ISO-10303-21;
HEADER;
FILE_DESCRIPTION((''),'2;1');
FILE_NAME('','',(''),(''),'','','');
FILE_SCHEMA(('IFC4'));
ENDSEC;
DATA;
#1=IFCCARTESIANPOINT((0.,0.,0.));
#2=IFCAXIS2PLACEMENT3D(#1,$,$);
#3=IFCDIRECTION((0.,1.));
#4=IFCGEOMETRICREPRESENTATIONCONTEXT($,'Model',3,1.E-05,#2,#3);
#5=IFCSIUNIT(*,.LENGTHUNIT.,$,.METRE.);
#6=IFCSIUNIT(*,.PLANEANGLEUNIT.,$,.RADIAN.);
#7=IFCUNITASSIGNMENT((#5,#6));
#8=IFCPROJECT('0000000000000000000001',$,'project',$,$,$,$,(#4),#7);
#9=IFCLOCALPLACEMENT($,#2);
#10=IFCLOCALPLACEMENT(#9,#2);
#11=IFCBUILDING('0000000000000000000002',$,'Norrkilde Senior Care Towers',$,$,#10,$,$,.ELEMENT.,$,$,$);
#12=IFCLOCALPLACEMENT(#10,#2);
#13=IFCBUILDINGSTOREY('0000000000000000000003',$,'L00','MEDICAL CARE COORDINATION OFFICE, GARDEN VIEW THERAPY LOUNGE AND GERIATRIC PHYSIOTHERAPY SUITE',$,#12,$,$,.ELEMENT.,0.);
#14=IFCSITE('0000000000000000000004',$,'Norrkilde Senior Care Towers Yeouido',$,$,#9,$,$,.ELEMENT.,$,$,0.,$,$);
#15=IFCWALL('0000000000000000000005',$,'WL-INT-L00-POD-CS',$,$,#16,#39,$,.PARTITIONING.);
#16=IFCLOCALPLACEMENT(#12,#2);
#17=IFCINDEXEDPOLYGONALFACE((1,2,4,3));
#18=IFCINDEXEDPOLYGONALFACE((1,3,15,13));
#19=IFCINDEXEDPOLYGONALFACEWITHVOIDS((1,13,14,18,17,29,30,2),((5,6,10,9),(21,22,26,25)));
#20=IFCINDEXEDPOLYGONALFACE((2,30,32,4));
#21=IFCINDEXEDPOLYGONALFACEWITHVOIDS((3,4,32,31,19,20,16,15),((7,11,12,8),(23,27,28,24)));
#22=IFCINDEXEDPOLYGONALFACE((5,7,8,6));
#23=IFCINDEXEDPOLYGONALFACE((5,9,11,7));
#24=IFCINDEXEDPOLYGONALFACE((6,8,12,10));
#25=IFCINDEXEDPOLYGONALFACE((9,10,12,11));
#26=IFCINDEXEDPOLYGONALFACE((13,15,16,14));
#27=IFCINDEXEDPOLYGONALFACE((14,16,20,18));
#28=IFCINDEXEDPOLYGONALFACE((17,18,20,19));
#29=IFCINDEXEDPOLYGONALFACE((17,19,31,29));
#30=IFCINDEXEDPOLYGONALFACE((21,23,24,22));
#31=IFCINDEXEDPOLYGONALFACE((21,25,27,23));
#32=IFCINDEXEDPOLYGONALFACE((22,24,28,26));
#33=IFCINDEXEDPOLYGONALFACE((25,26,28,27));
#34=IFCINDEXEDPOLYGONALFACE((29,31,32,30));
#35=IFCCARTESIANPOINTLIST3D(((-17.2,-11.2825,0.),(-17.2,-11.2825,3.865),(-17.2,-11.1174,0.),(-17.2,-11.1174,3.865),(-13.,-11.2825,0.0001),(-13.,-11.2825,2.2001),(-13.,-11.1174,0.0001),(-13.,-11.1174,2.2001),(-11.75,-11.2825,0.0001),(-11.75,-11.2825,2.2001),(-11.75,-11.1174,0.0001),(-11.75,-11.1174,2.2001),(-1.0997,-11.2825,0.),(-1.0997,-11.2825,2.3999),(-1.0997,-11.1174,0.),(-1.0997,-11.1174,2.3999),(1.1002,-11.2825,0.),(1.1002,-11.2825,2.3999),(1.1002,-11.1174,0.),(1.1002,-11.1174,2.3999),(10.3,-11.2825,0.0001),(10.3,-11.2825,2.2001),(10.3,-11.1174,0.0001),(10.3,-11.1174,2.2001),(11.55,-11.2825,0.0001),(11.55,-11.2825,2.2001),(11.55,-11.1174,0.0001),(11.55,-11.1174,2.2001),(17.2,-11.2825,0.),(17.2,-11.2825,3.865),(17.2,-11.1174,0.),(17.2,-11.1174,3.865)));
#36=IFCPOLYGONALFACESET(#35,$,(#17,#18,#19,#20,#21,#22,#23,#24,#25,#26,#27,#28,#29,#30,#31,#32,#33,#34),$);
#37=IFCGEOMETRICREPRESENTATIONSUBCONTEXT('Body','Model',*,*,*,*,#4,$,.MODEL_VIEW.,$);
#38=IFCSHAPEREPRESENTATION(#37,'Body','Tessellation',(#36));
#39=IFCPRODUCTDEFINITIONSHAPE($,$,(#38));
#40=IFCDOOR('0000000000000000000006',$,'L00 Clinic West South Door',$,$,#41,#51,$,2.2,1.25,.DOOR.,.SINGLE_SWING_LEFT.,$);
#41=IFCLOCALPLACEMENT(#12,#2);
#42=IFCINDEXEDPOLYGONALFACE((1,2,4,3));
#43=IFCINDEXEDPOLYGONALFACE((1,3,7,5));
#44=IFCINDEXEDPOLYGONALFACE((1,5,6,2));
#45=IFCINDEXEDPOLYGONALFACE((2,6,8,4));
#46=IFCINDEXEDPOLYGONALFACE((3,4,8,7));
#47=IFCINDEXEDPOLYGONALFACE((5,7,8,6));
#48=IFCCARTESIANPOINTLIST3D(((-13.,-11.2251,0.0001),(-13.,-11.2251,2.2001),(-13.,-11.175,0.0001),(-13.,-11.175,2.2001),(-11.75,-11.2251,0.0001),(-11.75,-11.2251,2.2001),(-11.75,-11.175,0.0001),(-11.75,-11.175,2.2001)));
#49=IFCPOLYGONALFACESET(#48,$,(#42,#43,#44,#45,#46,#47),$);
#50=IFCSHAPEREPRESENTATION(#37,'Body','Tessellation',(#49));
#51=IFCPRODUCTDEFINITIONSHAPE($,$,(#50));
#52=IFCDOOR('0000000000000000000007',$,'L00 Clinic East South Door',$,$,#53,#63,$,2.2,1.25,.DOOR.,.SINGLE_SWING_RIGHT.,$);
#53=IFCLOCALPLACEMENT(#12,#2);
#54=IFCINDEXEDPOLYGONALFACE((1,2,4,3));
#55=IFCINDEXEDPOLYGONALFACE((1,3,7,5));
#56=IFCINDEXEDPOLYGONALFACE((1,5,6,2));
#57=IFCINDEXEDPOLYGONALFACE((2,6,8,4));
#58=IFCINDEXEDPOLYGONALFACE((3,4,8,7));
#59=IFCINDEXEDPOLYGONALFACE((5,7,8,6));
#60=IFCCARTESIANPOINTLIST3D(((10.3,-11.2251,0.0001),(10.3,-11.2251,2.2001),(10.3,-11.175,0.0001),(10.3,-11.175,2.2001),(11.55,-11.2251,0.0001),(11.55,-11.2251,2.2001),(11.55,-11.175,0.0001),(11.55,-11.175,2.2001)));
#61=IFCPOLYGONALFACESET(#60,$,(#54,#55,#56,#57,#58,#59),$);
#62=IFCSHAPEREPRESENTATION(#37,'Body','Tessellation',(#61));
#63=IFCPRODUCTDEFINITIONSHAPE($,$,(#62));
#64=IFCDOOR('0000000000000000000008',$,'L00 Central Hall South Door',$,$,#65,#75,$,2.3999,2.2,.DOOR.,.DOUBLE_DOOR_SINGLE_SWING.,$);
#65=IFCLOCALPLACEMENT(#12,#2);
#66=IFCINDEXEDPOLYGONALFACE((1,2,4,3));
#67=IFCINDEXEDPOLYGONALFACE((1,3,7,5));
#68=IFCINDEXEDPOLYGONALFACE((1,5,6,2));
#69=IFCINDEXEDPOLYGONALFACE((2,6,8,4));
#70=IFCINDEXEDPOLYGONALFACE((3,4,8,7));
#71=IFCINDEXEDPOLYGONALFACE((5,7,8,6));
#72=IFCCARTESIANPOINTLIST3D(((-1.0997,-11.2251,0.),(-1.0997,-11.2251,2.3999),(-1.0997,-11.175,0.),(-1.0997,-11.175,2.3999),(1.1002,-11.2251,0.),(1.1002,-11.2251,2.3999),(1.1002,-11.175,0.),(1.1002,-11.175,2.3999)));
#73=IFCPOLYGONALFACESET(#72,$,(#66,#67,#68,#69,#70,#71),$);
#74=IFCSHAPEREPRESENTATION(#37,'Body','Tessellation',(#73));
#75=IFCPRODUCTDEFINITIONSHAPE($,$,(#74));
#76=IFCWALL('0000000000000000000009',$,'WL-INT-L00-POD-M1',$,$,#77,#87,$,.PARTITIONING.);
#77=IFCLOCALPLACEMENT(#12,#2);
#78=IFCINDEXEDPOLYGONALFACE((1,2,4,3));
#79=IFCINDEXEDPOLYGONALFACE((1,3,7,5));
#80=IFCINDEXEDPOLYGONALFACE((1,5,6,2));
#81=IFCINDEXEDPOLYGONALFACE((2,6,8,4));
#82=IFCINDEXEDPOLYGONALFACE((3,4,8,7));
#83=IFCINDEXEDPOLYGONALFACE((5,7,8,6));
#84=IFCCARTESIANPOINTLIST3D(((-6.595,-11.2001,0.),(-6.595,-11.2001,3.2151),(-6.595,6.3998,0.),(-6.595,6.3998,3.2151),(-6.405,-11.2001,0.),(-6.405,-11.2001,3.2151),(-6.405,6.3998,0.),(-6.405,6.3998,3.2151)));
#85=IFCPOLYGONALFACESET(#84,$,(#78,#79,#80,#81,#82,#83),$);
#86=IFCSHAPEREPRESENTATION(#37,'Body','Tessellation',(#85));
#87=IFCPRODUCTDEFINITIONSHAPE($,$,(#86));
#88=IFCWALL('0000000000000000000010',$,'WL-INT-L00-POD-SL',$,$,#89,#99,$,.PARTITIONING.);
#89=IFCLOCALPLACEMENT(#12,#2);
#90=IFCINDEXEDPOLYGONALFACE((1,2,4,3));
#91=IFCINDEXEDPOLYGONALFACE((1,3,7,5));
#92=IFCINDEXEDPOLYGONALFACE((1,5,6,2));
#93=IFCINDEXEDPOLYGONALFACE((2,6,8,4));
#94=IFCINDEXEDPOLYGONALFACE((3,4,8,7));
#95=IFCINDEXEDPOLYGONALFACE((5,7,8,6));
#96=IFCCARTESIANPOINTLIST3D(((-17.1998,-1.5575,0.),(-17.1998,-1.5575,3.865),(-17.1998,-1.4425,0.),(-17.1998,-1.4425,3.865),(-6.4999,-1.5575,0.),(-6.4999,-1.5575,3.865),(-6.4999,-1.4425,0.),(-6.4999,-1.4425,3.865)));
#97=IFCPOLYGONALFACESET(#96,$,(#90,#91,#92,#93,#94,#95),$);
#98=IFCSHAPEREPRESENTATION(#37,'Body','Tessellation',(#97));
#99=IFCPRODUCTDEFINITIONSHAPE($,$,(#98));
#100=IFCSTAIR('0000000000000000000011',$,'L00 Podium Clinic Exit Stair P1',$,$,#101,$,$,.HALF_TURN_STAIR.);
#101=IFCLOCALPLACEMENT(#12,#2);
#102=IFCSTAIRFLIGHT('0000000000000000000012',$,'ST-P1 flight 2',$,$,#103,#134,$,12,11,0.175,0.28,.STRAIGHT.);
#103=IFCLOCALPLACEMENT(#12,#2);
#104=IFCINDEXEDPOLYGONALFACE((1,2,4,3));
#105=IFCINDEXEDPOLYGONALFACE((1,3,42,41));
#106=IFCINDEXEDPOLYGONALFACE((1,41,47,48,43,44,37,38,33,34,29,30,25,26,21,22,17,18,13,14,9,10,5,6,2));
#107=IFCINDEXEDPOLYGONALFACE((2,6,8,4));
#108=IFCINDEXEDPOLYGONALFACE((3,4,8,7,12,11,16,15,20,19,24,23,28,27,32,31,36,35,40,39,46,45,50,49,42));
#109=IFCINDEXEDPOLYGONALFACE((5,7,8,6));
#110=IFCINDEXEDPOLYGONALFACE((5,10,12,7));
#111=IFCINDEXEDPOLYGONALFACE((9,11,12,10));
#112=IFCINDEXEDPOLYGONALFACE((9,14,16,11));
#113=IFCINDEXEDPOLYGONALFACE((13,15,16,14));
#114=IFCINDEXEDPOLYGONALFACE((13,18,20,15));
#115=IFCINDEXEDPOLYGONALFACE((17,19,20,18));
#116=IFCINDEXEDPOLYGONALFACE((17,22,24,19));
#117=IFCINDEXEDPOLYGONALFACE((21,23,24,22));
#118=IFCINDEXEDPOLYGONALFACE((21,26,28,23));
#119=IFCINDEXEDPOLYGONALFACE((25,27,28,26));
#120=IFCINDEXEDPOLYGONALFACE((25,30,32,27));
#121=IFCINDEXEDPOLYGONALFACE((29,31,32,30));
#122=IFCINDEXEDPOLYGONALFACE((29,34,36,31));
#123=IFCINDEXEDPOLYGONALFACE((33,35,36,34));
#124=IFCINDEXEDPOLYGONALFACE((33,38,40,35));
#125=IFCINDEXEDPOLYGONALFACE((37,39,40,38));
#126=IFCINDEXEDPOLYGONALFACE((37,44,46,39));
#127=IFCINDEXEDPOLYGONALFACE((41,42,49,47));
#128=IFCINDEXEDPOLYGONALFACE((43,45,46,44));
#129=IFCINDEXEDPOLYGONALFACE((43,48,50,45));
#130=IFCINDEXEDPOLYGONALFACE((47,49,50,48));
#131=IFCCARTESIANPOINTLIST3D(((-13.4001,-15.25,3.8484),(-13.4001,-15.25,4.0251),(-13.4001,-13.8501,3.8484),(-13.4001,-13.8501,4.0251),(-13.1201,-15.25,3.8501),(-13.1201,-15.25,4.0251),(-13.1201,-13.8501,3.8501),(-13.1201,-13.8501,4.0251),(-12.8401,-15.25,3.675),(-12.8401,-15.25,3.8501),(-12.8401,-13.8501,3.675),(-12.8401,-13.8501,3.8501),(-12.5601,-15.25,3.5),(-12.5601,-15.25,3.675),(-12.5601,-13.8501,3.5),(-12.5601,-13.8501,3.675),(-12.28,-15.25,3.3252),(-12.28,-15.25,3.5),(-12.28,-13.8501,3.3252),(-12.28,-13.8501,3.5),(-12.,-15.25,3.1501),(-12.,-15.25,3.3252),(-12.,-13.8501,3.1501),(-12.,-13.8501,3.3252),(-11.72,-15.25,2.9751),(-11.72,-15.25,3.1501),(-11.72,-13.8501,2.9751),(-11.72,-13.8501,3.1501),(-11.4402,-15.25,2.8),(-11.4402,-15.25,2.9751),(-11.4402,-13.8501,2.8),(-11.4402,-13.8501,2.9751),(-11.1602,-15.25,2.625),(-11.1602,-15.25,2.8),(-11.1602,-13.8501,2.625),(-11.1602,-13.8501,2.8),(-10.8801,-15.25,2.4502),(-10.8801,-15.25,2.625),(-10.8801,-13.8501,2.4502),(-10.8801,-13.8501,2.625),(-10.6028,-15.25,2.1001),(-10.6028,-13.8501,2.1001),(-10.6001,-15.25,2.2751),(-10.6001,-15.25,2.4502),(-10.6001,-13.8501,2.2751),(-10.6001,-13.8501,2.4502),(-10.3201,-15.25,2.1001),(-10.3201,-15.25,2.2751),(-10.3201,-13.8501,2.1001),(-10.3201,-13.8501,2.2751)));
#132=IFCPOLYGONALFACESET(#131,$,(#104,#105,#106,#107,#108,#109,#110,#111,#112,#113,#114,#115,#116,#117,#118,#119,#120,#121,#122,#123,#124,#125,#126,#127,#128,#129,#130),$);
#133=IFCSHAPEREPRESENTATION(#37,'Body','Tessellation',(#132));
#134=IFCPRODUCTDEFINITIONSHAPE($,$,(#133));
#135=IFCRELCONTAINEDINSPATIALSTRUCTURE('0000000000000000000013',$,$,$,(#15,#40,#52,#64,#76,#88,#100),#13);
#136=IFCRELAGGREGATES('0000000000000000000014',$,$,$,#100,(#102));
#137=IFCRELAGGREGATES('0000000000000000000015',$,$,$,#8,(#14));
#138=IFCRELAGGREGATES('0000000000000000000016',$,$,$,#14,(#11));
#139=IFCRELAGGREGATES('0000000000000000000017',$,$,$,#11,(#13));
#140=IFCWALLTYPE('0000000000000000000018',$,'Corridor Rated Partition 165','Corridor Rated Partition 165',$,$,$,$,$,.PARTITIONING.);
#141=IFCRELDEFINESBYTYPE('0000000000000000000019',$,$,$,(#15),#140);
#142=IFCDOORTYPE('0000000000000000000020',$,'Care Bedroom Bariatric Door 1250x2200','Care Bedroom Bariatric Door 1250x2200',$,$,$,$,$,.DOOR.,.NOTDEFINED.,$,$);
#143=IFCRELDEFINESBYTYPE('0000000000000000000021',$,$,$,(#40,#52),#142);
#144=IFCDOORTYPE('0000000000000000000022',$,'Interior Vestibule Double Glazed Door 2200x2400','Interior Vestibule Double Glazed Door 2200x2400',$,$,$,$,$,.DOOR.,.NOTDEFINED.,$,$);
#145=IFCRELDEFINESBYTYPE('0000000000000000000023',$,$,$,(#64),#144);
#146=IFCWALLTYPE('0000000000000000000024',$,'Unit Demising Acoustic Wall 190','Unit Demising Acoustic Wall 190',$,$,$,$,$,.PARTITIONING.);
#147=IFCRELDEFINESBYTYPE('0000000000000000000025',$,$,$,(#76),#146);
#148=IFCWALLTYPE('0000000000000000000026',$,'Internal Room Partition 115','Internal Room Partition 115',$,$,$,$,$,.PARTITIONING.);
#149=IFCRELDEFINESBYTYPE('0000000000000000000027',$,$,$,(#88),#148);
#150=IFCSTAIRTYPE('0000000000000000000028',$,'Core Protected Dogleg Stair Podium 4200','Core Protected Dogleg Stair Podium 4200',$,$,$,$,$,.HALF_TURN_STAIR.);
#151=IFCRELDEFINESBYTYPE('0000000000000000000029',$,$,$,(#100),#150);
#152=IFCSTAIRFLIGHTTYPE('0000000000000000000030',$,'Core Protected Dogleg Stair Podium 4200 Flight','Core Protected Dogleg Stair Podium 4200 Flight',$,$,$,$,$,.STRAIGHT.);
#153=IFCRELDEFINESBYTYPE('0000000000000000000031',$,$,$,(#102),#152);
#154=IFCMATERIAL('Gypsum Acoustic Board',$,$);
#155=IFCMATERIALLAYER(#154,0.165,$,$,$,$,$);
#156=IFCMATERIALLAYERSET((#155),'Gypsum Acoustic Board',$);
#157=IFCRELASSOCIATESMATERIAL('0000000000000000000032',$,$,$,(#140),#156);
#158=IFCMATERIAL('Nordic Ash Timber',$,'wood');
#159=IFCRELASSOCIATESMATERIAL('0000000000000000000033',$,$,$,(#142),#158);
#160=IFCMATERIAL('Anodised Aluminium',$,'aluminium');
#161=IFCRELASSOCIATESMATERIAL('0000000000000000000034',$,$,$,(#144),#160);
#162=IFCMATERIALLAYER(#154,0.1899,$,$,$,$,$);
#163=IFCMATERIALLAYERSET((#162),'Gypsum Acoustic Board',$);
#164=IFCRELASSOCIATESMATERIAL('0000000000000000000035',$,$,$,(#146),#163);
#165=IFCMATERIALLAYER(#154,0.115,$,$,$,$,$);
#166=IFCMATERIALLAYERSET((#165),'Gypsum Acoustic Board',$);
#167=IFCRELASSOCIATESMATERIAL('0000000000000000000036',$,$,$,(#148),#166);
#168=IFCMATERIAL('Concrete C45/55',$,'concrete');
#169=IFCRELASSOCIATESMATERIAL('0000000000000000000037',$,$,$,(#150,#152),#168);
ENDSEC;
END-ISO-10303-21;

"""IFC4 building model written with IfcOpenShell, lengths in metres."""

from ifc_helpers import new_model, si_unit, direction, frame, frame_2d, origin, place, context, subcontext, project, spatial, polyline, rectangle, outline, extrude, source, transform, mapped, material, layer, layer_set, type_object, type_shapes, element, fill, aggregate, save


model = new_model("IFC4")

# Units and contexts
model_context = context("Model", 3, precision=1e-05, world=origin(), true_north=direction((0.0, 1.0)))
body_context = subcontext(model_context, "Body", "Model", "MODEL_VIEW")
ifc_project = project(units=[si_unit("LENGTHUNIT", "METRE"), si_unit("PLANEANGLEUNIT", "RADIAN")], contexts=[model_context])

# Site, building, storey
site_placement = place(None, origin())
site = spatial("IfcSite", under=ifc_project, at=site_placement, Name="Norrkilde Senior Care Towers Yeouido", CompositionType="ELEMENT", RefElevation=0.0)
building_placement = place(site_placement, origin())
building = spatial("IfcBuilding", under=site, at=building_placement, Name="Norrkilde Senior Care Towers", CompositionType="ELEMENT")
storey_placement = place(building_placement, origin())
storey = spatial("IfcBuildingStorey", under=building, at=storey_placement, Name="L00", Description="MEDICAL CARE COORDINATION OFFICE, GARDEN VIEW THERAPY LOUNGE AND GERIATRIC PHYSIOTHERAPY SUITE", CompositionType="ELEMENT", Elevation=0.0)

# Shared definitions
ifc_material_1 = material(Name="Concrete C45/55", Category="concrete")

# Shared definitions
ifc_material_2 = material(Name="Gypsum Acoustic Board")
ifc_layer_1 = layer(ifc_material_2, 0.165)
ifc_layer_set_1 = layer_set([ifc_layer_1], Name="Gypsum Acoustic Board")
wall_type_1 = type_object("IfcWallType", Name="Corridor Rated Partition 165", Description="Corridor Rated Partition 165", PredefinedType="PARTITIONING", material=ifc_layer_set_1)

# Wall, openings, doors
shared_shape_1 = source(origin(), body_context, "Body", "SweptSolid", [
    extrude(rectangle(XDim=34.3999, YDim=0.165, at=frame_2d((17.2, 0.0))), origin(), (0.0, 0.0, 1.0), 3.865),
])
wall_1_placement = place(storey_placement, frame((-17.2, -11.2, 0.0), z_axis=(0.0, 0.0, 1.0), x_axis=(1.0, 0.0, 0.0)))
wall_1 = element("IfcWall", 1, at=wall_1_placement, inside=storey, type_object=wall_type_1, Name="WL-INT-L00-POD-CS", PredefinedType="PARTITIONING", context=body_context, shape_type="MappedRepresentation", body=[
    mapped(shared_shape_1, transform((0.0, 0.0, 0.0), x_axis=(1.0, 0.0, 0.0), y_axis=(0.0, 1.0, 0.0), z_axis=(0.0, 0.0, 1.0), scale=1.0)),
])
opening_1_placement = place(wall_1_placement, frame((4.2, 0.0, 0.0)))
opening_1 = element("IfcOpeningElement", 2, at=opening_1_placement, cuts=wall_1, PredefinedType="OPENING", context=body_context, shape_type="SweptSolid", body=[
    extrude(rectangle(XDim=1.25, YDim=2.2, at=frame_2d((0.625, 1.1001))), frame((0.0, 0.0925, 0.0), z_axis=(0.0, -1.0, 0.0), x_axis=(1.0, 0.0, 0.0)), (0.0, 0.0, 1.0), 0.1851),
])
opening_2_placement = place(wall_1_placement, frame((16.1001, 0.0, 0.0)))
opening_2 = element("IfcOpeningElement", 3, at=opening_2_placement, cuts=wall_1, PredefinedType="OPENING", context=body_context, shape_type="SweptSolid", body=[
    extrude(rectangle(XDim=2.2, YDim=2.3999, at=frame_2d((1.1001, 1.2))), frame((0.0, 0.0925, 0.0), z_axis=(0.0, -1.0, 0.0), x_axis=(1.0, 0.0, 0.0)), (0.0, 0.0, 1.0), 0.1851),
])
opening_3_placement = place(wall_1_placement, frame((27.5, 0.0, 0.0)))
opening_3 = element("IfcOpeningElement", 4, at=opening_3_placement, cuts=wall_1, PredefinedType="OPENING", context=body_context, shape_type="SweptSolid", body=[
    extrude(rectangle(XDim=1.25, YDim=2.2, at=frame_2d((0.625, 1.1001))), frame((0.0, 0.0925, 0.0), z_axis=(0.0, -1.0, 0.0), x_axis=(1.0, 0.0, 0.0)), (0.0, 0.0, 1.0), 0.1851),
])
ifc_material_3 = material(Name="Nordic Ash Timber", Category="wood")
door_type_1 = type_object("IfcDoorType", Name="Care Bedroom Bariatric Door 1250x2200", Description="Care Bedroom Bariatric Door 1250x2200", OperationType="NOTDEFINED", PredefinedType="DOOR", material=ifc_material_3)
shared_shape_2 = source(origin(), body_context, "Body", "SweptSolid", [
    extrude(rectangle(XDim=1.25, YDim=2.2, at=frame_2d((0.625, 1.1001))), frame((0.0, 0.0249, 0.0), z_axis=(0.0, -1.0, 0.0), x_axis=(1.0, 0.0, 0.0)), (0.0, 0.0, 1.0), 0.05),
])
type_shapes(door_type_1, [shared_shape_2])
door_1_placement = place(opening_1_placement, origin())
door_1 = element("IfcDoor", 5, at=door_1_placement, inside=storey, type_object=door_type_1, Name="L00 Clinic West South Door", OperationType="SINGLE_SWING_LEFT", OverallHeight=2.2, OverallWidth=1.25, PredefinedType="DOOR", context=body_context, shape_type="MappedRepresentation", body=[
    mapped(shared_shape_2, transform((0.0, 0.0, 0.0), x_axis=(1.0, 0.0, 0.0), y_axis=(0.0, 1.0, 0.0), z_axis=(0.0, 0.0, 1.0), scale=1.0)),
])
fill(opening_1, door_1)
door_2_placement = place(opening_3_placement, origin())
door_2 = element("IfcDoor", 6, at=door_2_placement, inside=storey, type_object=door_type_1, Name="L00 Clinic East South Door", OperationType="SINGLE_SWING_RIGHT", OverallHeight=2.2, OverallWidth=1.25, PredefinedType="DOOR", context=body_context, shape_type="MappedRepresentation", body=[
    mapped(shared_shape_2, transform((0.0, 0.0, 0.0), x_axis=(1.0, 0.0, 0.0), y_axis=(0.0, 1.0, 0.0), z_axis=(0.0, 0.0, 1.0), scale=1.0)),
])
fill(opening_3, door_2)
ifc_material_4 = material(Name="Anodised Aluminium", Category="aluminium")
door_type_2 = type_object("IfcDoorType", Name="Interior Vestibule Double Glazed Door 2200x2400", Description="Interior Vestibule Double Glazed Door 2200x2400", OperationType="NOTDEFINED", PredefinedType="DOOR", material=ifc_material_4)
shared_shape_3 = source(origin(), body_context, "Body", "SweptSolid", [
    extrude(rectangle(XDim=2.2, YDim=2.3999, at=frame_2d((1.1001, 1.2))), frame((0.0, 0.0249, 0.0), z_axis=(0.0, -1.0, 0.0), x_axis=(1.0, 0.0, 0.0)), (0.0, 0.0, 1.0), 0.05),
])
type_shapes(door_type_2, [shared_shape_3])
door_3_placement = place(opening_2_placement, origin())
door_3 = element("IfcDoor", 7, at=door_3_placement, inside=storey, type_object=door_type_2, Name="L00 Central Hall South Door", OperationType="DOUBLE_DOOR_SINGLE_SWING", OverallHeight=2.3999, OverallWidth=2.2, PredefinedType="DOOR", context=body_context, shape_type="MappedRepresentation", body=[
    mapped(shared_shape_3, transform((0.0, 0.0, 0.0), x_axis=(1.0, 0.0, 0.0), y_axis=(0.0, 1.0, 0.0), z_axis=(0.0, 0.0, 1.0), scale=1.0)),
])
fill(opening_2, door_3)

# Walls
ifc_layer_2 = layer(ifc_material_2, 0.1899)
ifc_layer_set_2 = layer_set([ifc_layer_2], Name="Gypsum Acoustic Board")
wall_type_2 = type_object("IfcWallType", Name="Unit Demising Acoustic Wall 190", Description="Unit Demising Acoustic Wall 190", PredefinedType="PARTITIONING", material=ifc_layer_set_2)
shared_shape_4 = source(origin(), body_context, "Body", "SweptSolid", [
    extrude(rectangle(XDim=17.5999, YDim=0.1899, at=frame_2d((8.7998, 0.0))), origin(), (0.0, 0.0, 1.0), 3.2151),
])
type_shapes(wall_type_2, [shared_shape_4])
wall_2_placement = place(storey_placement, frame((-6.5, -11.2, 0.0), z_axis=(0.0, 0.0, 1.0), x_axis=(0.0, 1.0, 0.0)))
element("IfcWall", 8, at=wall_2_placement, inside=storey, type_object=wall_type_2, Name="WL-INT-L00-POD-M1", PredefinedType="PARTITIONING", context=body_context, shape_type="MappedRepresentation", body=[
    mapped(shared_shape_4, transform((0.0, 0.0, 0.0), x_axis=(1.0, 0.0, 0.0), y_axis=(0.0, 1.0, 0.0), z_axis=(0.0, 0.0, 1.0), scale=1.0)),
])
ifc_layer_3 = layer(ifc_material_2, 0.115)
ifc_layer_set_3 = layer_set([ifc_layer_3], Name="Gypsum Acoustic Board")
wall_type_3 = type_object("IfcWallType", Name="Internal Room Partition 115", Description="Internal Room Partition 115", PredefinedType="PARTITIONING", material=ifc_layer_set_3)
shared_shape_5 = source(origin(), body_context, "Body", "SweptSolid", [
    extrude(rectangle(XDim=10.7, YDim=0.115, at=frame_2d((5.3501, 0.0))), origin(), (0.0, 0.0, 1.0), 3.865),
])
type_shapes(wall_type_3, [shared_shape_5])
wall_3_placement = place(storey_placement, frame((-17.2, -1.5, 0.0), z_axis=(0.0, 0.0, 1.0), x_axis=(1.0, 0.0, 0.0)))
element("IfcWall", 9, at=wall_3_placement, inside=storey, type_object=wall_type_3, Name="WL-INT-L00-POD-SL", PredefinedType="PARTITIONING", context=body_context, shape_type="MappedRepresentation", body=[
    mapped(shared_shape_5, transform((0.0, 0.0, 0.0), x_axis=(1.0, 0.0, 0.0), y_axis=(0.0, 1.0, 0.0), z_axis=(0.0, 0.0, 1.0), scale=1.0)),
])

# Stair, stair flight
stair_type = type_object("IfcStairType", Name="Core Protected Dogleg Stair Podium 4200", Description="Core Protected Dogleg Stair Podium 4200", PredefinedType="HALF_TURN_STAIR", material=ifc_material_1)
stair_placement = place(storey_placement, origin())
stair = element("IfcStair", 10, at=stair_placement, inside=storey, type_object=stair_type, Name="L00 Podium Clinic Exit Stair P1", PredefinedType="HALF_TURN_STAIR")
stair_flight_type = type_object("IfcStairFlightType", Name="Core Protected Dogleg Stair Podium 4200 Flight", Description="Core Protected Dogleg Stair Podium 4200 Flight", PredefinedType="STRAIGHT", material=ifc_material_1)
stair_flight_placement = place(storey_placement, frame((-10.3201, -14.55, 2.1001), z_axis=(0.0, 0.0, 1.0), x_axis=(-1.0, 0.0, 0.0)))
stair_flight = element("IfcStairFlight", 11, at=stair_flight_placement, type_object=stair_flight_type, Name="ST-P1 flight 2", NumberOfRisers=12, NumberOfTreads=11, PredefinedType="STRAIGHT", RiserHeight=0.175, TreadLength=0.28, context=body_context, shape_type="SweptSolid", body=[
    extrude(outline(polyline([(0.0, 0.0), (0.0, 0.175), (0.28, 0.175), (0.28, 0.3501), (0.5601, 0.3501), (0.5601, 0.5249), (0.8401, 0.5249), (0.8401, 0.7), (1.1201, 0.7), (1.1201, 0.875), (1.3999, 0.875), (1.3999, 1.05), (1.6799, 1.05), (1.6799, 1.2251), (1.96, 1.2251), (1.96, 1.3999), (2.24, 1.3999), (2.24, 1.575), (2.52, 1.575), (2.52, 1.75), (2.8, 1.75), (2.8, 1.925), (3.0801, 1.925), (3.0801, 2.1001), (3.0801, 1.7483), (0.2827, 0.0), (0.0, 0.0)])), frame((0.0, 0.7, 0.0), z_axis=(0.0, -1.0, 0.0), x_axis=(1.0, 0.0, 0.0)), (0.0, 0.0, 1.0), 1.3999),
])
aggregate(stair, [stair_flight])

save(model, "model.ifc")
